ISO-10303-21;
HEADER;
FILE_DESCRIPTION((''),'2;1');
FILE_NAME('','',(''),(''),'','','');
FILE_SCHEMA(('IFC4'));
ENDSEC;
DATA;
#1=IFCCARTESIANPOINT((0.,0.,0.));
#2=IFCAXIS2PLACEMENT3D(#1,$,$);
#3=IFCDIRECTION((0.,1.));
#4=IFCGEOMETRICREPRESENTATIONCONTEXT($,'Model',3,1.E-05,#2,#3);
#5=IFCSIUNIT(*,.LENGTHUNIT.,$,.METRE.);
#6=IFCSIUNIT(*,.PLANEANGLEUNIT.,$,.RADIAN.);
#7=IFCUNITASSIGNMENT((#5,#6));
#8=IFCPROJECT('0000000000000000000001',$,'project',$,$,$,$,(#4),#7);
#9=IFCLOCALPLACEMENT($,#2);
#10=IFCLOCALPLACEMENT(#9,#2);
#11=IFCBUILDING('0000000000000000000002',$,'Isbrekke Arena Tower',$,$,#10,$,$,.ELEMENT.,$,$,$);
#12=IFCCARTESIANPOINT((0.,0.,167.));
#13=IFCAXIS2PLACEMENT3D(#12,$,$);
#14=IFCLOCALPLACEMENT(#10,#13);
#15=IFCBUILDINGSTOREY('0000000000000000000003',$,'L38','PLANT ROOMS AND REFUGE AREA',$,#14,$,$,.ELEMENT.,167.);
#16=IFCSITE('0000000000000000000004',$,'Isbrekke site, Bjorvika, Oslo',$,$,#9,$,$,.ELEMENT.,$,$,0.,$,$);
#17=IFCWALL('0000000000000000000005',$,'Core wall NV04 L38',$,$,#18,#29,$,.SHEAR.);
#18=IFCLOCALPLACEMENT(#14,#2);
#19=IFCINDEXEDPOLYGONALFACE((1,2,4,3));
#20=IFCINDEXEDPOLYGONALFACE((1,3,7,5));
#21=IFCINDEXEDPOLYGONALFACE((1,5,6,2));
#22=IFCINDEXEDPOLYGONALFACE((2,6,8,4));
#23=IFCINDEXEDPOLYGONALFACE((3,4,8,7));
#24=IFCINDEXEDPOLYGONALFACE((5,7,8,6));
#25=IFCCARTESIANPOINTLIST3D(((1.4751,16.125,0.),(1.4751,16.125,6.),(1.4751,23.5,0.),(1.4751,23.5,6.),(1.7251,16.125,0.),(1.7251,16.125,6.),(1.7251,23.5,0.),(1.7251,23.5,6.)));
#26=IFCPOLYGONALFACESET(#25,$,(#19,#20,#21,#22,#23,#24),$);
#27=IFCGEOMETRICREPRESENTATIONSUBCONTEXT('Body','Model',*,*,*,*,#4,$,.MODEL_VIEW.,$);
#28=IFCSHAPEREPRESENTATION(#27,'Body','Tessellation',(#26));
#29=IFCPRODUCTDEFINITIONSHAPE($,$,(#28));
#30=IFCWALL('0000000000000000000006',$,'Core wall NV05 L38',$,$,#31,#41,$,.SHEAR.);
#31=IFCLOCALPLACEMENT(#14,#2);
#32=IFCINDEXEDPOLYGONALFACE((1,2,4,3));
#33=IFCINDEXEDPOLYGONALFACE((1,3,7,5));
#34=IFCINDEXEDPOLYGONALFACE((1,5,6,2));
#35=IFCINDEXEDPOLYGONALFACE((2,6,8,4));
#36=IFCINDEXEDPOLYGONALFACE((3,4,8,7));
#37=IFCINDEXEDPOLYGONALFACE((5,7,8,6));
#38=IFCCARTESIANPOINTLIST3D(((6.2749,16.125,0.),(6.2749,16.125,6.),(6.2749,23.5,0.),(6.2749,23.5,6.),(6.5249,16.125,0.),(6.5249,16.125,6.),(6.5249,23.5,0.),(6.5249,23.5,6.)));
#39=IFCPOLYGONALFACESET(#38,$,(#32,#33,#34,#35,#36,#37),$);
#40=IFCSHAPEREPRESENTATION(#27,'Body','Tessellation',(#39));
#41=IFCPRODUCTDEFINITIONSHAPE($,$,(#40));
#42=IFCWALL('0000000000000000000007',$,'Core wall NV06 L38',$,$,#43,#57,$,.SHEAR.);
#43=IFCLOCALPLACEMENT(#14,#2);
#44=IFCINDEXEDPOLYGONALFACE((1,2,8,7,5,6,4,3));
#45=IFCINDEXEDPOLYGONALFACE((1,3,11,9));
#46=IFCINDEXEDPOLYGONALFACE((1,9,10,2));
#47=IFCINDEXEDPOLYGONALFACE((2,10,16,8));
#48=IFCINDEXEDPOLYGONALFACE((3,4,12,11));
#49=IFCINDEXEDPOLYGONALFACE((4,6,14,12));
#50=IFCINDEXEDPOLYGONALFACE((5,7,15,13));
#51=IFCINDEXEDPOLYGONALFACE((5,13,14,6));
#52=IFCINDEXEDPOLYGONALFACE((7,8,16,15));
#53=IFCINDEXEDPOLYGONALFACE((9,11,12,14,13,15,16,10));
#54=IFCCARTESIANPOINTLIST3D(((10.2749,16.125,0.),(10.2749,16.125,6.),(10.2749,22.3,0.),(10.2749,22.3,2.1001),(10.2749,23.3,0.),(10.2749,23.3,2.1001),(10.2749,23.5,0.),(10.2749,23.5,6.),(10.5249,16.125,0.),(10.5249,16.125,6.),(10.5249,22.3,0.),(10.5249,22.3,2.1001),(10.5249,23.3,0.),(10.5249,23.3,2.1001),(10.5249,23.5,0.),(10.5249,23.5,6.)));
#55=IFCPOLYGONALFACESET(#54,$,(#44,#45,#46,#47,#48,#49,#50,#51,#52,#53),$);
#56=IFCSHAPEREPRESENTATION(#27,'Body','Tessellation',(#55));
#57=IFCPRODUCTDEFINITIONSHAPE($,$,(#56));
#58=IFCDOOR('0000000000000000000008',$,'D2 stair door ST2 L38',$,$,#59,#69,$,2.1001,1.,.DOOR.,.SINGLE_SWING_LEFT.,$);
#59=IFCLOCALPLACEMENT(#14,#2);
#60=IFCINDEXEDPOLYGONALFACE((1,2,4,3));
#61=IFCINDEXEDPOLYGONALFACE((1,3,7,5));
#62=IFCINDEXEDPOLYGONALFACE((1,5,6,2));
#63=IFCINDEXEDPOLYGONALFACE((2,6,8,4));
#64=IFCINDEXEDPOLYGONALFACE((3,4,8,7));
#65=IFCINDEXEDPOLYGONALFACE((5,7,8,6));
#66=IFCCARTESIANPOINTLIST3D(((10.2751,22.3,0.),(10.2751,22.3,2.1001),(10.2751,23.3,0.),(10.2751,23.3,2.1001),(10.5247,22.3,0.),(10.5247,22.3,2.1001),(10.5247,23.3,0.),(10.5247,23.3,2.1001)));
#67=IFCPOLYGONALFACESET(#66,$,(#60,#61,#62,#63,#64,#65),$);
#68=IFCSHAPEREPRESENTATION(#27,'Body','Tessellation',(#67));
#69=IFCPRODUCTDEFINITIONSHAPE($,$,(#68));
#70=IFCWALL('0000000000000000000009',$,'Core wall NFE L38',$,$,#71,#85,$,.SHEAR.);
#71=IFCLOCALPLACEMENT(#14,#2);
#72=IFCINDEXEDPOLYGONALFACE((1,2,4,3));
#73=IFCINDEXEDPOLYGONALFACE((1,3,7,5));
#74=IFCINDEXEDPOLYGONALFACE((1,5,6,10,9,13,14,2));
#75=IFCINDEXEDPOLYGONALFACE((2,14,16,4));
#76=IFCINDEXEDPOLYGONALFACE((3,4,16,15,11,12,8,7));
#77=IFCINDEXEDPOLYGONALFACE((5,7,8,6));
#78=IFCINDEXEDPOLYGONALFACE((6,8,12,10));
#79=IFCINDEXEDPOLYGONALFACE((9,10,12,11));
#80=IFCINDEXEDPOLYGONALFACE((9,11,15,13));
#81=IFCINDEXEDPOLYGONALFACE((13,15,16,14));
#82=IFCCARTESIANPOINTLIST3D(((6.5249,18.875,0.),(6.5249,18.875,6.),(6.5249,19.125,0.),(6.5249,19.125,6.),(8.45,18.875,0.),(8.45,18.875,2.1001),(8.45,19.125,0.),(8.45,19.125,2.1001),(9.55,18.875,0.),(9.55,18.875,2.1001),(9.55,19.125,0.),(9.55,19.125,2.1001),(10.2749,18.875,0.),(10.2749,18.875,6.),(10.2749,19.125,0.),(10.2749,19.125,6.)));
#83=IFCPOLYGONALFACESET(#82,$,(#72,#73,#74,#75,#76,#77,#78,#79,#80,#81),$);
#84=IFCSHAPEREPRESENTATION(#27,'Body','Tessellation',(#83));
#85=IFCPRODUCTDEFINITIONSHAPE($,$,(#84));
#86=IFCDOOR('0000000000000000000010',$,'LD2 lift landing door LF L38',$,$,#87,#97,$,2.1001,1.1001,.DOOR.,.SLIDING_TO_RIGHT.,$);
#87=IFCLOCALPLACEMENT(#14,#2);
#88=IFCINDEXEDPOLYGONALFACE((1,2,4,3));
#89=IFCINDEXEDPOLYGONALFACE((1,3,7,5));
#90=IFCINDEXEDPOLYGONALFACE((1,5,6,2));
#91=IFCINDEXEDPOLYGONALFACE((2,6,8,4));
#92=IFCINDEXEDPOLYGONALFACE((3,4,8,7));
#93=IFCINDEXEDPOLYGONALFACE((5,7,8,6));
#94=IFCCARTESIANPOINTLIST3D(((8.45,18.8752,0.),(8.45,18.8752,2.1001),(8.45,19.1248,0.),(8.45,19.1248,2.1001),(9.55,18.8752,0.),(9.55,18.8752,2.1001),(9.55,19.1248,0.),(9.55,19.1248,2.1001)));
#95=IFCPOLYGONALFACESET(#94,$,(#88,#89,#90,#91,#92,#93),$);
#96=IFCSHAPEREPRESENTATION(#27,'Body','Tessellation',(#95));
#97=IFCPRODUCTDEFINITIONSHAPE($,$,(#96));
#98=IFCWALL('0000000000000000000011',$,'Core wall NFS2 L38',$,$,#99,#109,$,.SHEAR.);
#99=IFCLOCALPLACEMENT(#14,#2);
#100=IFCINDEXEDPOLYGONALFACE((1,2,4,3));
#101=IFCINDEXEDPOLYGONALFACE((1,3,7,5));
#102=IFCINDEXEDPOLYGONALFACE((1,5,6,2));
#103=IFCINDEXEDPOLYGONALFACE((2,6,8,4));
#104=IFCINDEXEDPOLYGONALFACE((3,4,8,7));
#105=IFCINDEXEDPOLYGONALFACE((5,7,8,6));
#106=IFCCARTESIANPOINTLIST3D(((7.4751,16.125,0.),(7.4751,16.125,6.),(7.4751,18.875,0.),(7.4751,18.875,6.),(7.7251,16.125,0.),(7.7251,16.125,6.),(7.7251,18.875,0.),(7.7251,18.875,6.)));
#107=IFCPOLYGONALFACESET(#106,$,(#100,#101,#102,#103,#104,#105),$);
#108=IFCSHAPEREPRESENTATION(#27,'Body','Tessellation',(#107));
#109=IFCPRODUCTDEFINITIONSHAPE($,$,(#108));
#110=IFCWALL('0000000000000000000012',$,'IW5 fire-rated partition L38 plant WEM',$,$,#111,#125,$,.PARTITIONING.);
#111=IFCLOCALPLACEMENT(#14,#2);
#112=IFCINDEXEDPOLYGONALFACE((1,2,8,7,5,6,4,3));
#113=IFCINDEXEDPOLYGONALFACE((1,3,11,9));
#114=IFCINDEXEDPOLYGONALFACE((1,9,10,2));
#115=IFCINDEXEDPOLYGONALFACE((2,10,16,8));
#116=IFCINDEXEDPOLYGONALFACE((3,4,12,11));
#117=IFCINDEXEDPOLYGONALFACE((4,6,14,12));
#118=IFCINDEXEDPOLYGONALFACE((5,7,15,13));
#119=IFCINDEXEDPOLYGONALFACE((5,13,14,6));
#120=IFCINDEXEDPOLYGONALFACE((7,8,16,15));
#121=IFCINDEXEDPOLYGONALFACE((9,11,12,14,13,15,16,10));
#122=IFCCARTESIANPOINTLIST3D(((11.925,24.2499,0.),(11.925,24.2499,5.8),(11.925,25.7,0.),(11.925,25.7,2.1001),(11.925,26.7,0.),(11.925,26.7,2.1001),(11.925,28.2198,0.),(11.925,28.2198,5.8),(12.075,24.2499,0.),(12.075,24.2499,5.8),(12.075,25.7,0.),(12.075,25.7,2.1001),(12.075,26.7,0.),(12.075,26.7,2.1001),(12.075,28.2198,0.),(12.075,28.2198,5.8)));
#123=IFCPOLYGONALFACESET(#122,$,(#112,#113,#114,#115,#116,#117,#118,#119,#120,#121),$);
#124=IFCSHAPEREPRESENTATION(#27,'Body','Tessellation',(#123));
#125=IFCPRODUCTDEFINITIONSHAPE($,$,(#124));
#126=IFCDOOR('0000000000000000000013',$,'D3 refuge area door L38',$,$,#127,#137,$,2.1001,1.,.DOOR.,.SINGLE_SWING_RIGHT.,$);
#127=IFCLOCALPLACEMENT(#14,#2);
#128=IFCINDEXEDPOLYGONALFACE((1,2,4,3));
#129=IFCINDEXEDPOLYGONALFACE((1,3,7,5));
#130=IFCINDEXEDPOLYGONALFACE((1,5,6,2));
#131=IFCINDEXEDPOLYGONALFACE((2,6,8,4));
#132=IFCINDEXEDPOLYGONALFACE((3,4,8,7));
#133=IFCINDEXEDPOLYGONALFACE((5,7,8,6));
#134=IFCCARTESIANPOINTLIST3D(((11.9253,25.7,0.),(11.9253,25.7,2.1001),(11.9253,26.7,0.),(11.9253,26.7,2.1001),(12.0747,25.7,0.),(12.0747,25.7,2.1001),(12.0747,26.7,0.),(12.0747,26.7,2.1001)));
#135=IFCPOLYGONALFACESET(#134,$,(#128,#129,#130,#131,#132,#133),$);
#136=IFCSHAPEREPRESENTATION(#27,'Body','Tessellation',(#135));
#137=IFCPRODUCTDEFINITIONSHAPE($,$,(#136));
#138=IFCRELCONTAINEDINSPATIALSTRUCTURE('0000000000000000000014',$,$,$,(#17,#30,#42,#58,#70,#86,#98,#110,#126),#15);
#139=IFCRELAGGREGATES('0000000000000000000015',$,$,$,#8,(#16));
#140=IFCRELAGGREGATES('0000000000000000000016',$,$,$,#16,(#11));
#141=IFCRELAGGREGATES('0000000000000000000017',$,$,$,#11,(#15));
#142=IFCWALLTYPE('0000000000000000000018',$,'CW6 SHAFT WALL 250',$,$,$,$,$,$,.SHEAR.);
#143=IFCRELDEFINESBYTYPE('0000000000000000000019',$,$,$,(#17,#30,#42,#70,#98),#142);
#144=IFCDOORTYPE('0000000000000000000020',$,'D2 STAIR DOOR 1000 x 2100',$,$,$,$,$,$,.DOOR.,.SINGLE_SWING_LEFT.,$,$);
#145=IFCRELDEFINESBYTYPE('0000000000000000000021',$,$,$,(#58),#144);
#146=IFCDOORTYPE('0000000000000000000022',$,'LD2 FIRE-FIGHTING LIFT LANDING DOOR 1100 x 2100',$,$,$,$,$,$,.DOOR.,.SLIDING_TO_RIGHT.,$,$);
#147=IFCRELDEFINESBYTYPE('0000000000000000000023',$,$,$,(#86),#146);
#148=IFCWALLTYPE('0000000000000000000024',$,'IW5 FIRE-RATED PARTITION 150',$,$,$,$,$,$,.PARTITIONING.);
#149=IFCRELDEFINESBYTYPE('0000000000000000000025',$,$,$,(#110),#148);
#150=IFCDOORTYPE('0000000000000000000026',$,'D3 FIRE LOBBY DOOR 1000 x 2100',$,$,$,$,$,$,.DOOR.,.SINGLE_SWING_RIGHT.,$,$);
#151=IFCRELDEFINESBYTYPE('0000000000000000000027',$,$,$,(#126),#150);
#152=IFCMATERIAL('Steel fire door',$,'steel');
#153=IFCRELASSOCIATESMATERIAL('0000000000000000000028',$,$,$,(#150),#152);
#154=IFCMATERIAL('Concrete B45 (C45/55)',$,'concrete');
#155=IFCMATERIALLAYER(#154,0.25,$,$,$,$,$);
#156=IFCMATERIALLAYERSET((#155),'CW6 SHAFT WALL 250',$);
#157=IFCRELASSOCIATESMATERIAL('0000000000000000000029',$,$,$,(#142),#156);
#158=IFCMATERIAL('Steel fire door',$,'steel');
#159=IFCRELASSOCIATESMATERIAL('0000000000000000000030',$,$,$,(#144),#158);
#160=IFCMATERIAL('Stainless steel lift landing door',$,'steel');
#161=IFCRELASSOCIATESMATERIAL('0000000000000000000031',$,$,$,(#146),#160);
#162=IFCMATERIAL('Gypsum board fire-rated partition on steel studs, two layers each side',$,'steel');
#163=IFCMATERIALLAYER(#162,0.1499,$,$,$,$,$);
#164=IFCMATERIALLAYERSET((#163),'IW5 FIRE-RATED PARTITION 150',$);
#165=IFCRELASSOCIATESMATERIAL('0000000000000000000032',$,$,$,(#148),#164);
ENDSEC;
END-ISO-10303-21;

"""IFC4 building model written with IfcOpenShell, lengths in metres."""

from ifc_helpers import new_model, si_unit, direction, frame, frame_2d, origin, place, context, subcontext, project, spatial, rectangle, extrude, material, layer, layer_set, type_object, element, fill, save


model = new_model("IFC4")

# Units and contexts
model_context = context("Model", 3, precision=1e-05, world=origin(), true_north=direction((0.0, 1.0)))
body_context = subcontext(model_context, "Body", "Model", "MODEL_VIEW")
ifc_project = project(units=[si_unit("LENGTHUNIT", "METRE"), si_unit("PLANEANGLEUNIT", "RADIAN")], contexts=[model_context])

# Site, building, storey
site_placement = place(None, origin())
site = spatial("IfcSite", under=ifc_project, at=site_placement, Name="Isbrekke site, Bjorvika, Oslo", CompositionType="ELEMENT", RefElevation=0.0)
building_placement = place(site_placement, origin())
building = spatial("IfcBuilding", under=site, at=building_placement, Name="Isbrekke Arena Tower", CompositionType="ELEMENT")
storey_placement = place(building_placement, frame((0.0, 0.0, 167.0)))
storey = spatial("IfcBuildingStorey", under=building, at=storey_placement, Name="L38", Description="PLANT ROOMS AND REFUGE AREA", CompositionType="ELEMENT", Elevation=167.0)

# Shared definitions
ifc_material_1 = material(Name="Steel fire door", Category="steel")
door_type_1 = type_object("IfcDoorType", Name="D3 FIRE LOBBY DOOR 1000 x 2100", OperationType="SINGLE_SWING_RIGHT", PredefinedType="DOOR", material=ifc_material_1)

# Walls
ifc_material_2 = material(Name="Concrete B45 (C45/55)", Category="concrete")
ifc_layer_1 = layer(ifc_material_2, 0.25)
ifc_layer_set_1 = layer_set([ifc_layer_1], Name="CW6 SHAFT WALL 250")
wall_type_1 = type_object("IfcWallType", Name="CW6 SHAFT WALL 250", PredefinedType="SHEAR", material=ifc_layer_set_1)
for number, where, z_axis, x_axis, name in (
    (1, (1.6001, 16.125, 0.0), (0.0, 0.0, 1.0), (0.0, 1.0, 0.0), "Core wall NV04 L38"),
    (2, (6.3999, 16.125, 0.0), (0.0, 0.0, 1.0), (0.0, 1.0, 0.0), "Core wall NV05 L38"),
):
    element("IfcWall", number, at=place(storey_placement, frame(where, z_axis=z_axis, x_axis=x_axis)), inside=storey, type_object=wall_type_1, Name=name, PredefinedType="SHEAR", context=body_context, shape_type="SweptSolid", body=[
        extrude(rectangle(XDim=7.375, YDim=0.25, at=frame_2d((3.6875, 0.0))), origin(), (0.0, 0.0, 1.0), 6.0),
    ])

# Walls, openings, doors
wall_1_placement = place(storey_placement, frame((10.3999, 16.125, 0.0), z_axis=(0.0, 0.0, 1.0), x_axis=(0.0, 1.0, 0.0)))
wall_1 = element("IfcWall", 3, at=wall_1_placement, inside=storey, type_object=wall_type_1, Name="Core wall NV06 L38", PredefinedType="SHEAR", context=body_context, shape_type="SweptSolid", body=[
    extrude(rectangle(XDim=7.375, YDim=0.25, at=frame_2d((3.6875, 0.0))), origin(), (0.0, 0.0, 1.0), 6.0),
])
opening_1_placement = place(wall_1_placement, frame((6.175, 0.0, 0.0)))
opening_1 = element("IfcOpeningElement", 4, at=opening_1_placement, cuts=wall_1, PredefinedType="OPENING", context=body_context, shape_type="SweptSolid", body=[
    extrude(rectangle(XDim=1.0, YDim=2.1001, at=frame_2d((0.5, 1.05))), frame((0.0, 0.1399, 0.0), z_axis=(0.0, -1.0, 0.0), x_axis=(1.0, 0.0, 0.0)), (0.0, 0.0, 1.0), 0.2798),
])
ifc_material_3 = material(Name="Steel fire door", Category="steel")
door_type_2 = type_object("IfcDoorType", Name="D2 STAIR DOOR 1000 x 2100", OperationType="SINGLE_SWING_LEFT", PredefinedType="DOOR", material=ifc_material_3)
door_1_placement = place(opening_1_placement, origin())
door_1 = element("IfcDoor", 5, at=door_1_placement, inside=storey, type_object=door_type_2, Name="D2 stair door ST2 L38", OperationType="SINGLE_SWING_LEFT", OverallHeight=2.1001, OverallWidth=1.0, PredefinedType="DOOR", context=body_context, shape_type="SweptSolid", body=[
    extrude(rectangle(XDim=1.0, YDim=2.1001, at=frame_2d((0.5, 1.05))), frame((0.0, 0.1248, 0.0), z_axis=(0.0, -1.0, 0.0), x_axis=(1.0, 0.0, 0.0)), (0.0, 0.0, 1.0), 0.2495),
])
fill(opening_1, door_1)
wall_2_placement = place(storey_placement, frame((6.5249, 19.0, 0.0), z_axis=(0.0, 0.0, 1.0), x_axis=(1.0, 0.0, 0.0)))
wall_2 = element("IfcWall", 6, at=wall_2_placement, inside=storey, type_object=wall_type_1, Name="Core wall NFE L38", PredefinedType="SHEAR", context=body_context, shape_type="SweptSolid", body=[
    extrude(rectangle(XDim=3.75, YDim=0.25, at=frame_2d((1.875, 0.0))), origin(), (0.0, 0.0, 1.0), 6.0),
])
opening_2_placement = place(wall_2_placement, frame((1.925, 0.0, 0.0)))
opening_2 = element("IfcOpeningElement", 7, at=opening_2_placement, cuts=wall_2, PredefinedType="OPENING", context=body_context, shape_type="SweptSolid", body=[
    extrude(rectangle(XDim=1.1001, YDim=2.1001, at=frame_2d((0.55, 1.05))), frame((0.0, 0.1399, 0.0), z_axis=(0.0, -1.0, 0.0), x_axis=(1.0, 0.0, 0.0)), (0.0, 0.0, 1.0), 0.2798),
])
ifc_material_4 = material(Name="Stainless steel lift landing door", Category="steel")
door_type_3 = type_object("IfcDoorType", Name="LD2 FIRE-FIGHTING LIFT LANDING DOOR 1100 x 2100", OperationType="SLIDING_TO_RIGHT", PredefinedType="DOOR", material=ifc_material_4)
door_2_placement = place(opening_2_placement, origin())
door_2 = element("IfcDoor", 8, at=door_2_placement, inside=storey, type_object=door_type_3, Name="LD2 lift landing door LF L38", OperationType="SLIDING_TO_RIGHT", OverallHeight=2.1001, OverallWidth=1.1001, PredefinedType="DOOR", context=body_context, shape_type="SweptSolid", body=[
    extrude(rectangle(XDim=1.1001, YDim=2.1001, at=frame_2d((0.55, 1.05))), frame((0.0, 0.1248, 0.0), z_axis=(0.0, -1.0, 0.0), x_axis=(1.0, 0.0, 0.0)), (0.0, 0.0, 1.0), 0.2495),
])
fill(opening_2, door_2)

# Wall
wall_3_placement = place(storey_placement, frame((7.6001, 16.125, 0.0), z_axis=(0.0, 0.0, 1.0), x_axis=(0.0, 1.0, 0.0)))
element("IfcWall", 9, at=wall_3_placement, inside=storey, type_object=wall_type_1, Name="Core wall NFS2 L38", PredefinedType="SHEAR", context=body_context, shape_type="SweptSolid", body=[
    extrude(rectangle(XDim=2.75, YDim=0.25, at=frame_2d((1.375, 0.0))), origin(), (0.0, 0.0, 1.0), 6.0),
])

# Wall, opening, door
ifc_material_5 = material(Name="Gypsum board fire-rated partition on steel studs, two layers each side", Category="steel")
ifc_layer_2 = layer(ifc_material_5, 0.1499)
ifc_layer_set_2 = layer_set([ifc_layer_2], Name="IW5 FIRE-RATED PARTITION 150")
wall_type_2 = type_object("IfcWallType", Name="IW5 FIRE-RATED PARTITION 150", PredefinedType="PARTITIONING", material=ifc_layer_set_2)
wall_4_placement = place(storey_placement, frame((12.0, 24.25, 0.0), z_axis=(0.0, 0.0, 1.0), x_axis=(0.0, 1.0, 0.0)))
wall_4 = element("IfcWall", 10, at=wall_4_placement, inside=storey, type_object=wall_type_2, Name="IW5 fire-rated partition L38 plant WEM", PredefinedType="PARTITIONING", context=body_context, shape_type="SweptSolid", body=[
    extrude(rectangle(XDim=3.97, YDim=0.1499, at=frame_2d((1.9849, 0.0))), origin(), (0.0, 0.0, 1.0), 5.8),
])
opening_3_placement = place(wall_4_placement, frame((1.45, 0.0, 0.0)))
opening_3 = element("IfcOpeningElement", 11, at=opening_3_placement, cuts=wall_4, PredefinedType="OPENING", context=body_context, shape_type="SweptSolid", body=[
    extrude(rectangle(XDim=1.0, YDim=2.1001, at=frame_2d((0.5, 1.05))), frame((0.0, 0.0898, 0.0), z_axis=(0.0, -1.0, 0.0), x_axis=(1.0, 0.0, 0.0)), (0.0, 0.0, 1.0), 0.1797),
])
door_3_placement = place(opening_3_placement, origin())
door_3 = element("IfcDoor", 12, at=door_3_placement, inside=storey, type_object=door_type_1, Name="D3 refuge area door L38", OperationType="SINGLE_SWING_RIGHT", OverallHeight=2.1001, OverallWidth=1.0, PredefinedType="DOOR", context=body_context, shape_type="SweptSolid", body=[
    extrude(rectangle(XDim=1.0, YDim=2.1001, at=frame_2d((0.5, 1.05))), frame((0.0, 0.0747, 0.0), z_axis=(0.0, -1.0, 0.0), x_axis=(1.0, 0.0, 0.0)), (0.0, 0.0, 1.0), 0.1494),
])
fill(opening_3, door_3)

save(model, "model.ifc")
